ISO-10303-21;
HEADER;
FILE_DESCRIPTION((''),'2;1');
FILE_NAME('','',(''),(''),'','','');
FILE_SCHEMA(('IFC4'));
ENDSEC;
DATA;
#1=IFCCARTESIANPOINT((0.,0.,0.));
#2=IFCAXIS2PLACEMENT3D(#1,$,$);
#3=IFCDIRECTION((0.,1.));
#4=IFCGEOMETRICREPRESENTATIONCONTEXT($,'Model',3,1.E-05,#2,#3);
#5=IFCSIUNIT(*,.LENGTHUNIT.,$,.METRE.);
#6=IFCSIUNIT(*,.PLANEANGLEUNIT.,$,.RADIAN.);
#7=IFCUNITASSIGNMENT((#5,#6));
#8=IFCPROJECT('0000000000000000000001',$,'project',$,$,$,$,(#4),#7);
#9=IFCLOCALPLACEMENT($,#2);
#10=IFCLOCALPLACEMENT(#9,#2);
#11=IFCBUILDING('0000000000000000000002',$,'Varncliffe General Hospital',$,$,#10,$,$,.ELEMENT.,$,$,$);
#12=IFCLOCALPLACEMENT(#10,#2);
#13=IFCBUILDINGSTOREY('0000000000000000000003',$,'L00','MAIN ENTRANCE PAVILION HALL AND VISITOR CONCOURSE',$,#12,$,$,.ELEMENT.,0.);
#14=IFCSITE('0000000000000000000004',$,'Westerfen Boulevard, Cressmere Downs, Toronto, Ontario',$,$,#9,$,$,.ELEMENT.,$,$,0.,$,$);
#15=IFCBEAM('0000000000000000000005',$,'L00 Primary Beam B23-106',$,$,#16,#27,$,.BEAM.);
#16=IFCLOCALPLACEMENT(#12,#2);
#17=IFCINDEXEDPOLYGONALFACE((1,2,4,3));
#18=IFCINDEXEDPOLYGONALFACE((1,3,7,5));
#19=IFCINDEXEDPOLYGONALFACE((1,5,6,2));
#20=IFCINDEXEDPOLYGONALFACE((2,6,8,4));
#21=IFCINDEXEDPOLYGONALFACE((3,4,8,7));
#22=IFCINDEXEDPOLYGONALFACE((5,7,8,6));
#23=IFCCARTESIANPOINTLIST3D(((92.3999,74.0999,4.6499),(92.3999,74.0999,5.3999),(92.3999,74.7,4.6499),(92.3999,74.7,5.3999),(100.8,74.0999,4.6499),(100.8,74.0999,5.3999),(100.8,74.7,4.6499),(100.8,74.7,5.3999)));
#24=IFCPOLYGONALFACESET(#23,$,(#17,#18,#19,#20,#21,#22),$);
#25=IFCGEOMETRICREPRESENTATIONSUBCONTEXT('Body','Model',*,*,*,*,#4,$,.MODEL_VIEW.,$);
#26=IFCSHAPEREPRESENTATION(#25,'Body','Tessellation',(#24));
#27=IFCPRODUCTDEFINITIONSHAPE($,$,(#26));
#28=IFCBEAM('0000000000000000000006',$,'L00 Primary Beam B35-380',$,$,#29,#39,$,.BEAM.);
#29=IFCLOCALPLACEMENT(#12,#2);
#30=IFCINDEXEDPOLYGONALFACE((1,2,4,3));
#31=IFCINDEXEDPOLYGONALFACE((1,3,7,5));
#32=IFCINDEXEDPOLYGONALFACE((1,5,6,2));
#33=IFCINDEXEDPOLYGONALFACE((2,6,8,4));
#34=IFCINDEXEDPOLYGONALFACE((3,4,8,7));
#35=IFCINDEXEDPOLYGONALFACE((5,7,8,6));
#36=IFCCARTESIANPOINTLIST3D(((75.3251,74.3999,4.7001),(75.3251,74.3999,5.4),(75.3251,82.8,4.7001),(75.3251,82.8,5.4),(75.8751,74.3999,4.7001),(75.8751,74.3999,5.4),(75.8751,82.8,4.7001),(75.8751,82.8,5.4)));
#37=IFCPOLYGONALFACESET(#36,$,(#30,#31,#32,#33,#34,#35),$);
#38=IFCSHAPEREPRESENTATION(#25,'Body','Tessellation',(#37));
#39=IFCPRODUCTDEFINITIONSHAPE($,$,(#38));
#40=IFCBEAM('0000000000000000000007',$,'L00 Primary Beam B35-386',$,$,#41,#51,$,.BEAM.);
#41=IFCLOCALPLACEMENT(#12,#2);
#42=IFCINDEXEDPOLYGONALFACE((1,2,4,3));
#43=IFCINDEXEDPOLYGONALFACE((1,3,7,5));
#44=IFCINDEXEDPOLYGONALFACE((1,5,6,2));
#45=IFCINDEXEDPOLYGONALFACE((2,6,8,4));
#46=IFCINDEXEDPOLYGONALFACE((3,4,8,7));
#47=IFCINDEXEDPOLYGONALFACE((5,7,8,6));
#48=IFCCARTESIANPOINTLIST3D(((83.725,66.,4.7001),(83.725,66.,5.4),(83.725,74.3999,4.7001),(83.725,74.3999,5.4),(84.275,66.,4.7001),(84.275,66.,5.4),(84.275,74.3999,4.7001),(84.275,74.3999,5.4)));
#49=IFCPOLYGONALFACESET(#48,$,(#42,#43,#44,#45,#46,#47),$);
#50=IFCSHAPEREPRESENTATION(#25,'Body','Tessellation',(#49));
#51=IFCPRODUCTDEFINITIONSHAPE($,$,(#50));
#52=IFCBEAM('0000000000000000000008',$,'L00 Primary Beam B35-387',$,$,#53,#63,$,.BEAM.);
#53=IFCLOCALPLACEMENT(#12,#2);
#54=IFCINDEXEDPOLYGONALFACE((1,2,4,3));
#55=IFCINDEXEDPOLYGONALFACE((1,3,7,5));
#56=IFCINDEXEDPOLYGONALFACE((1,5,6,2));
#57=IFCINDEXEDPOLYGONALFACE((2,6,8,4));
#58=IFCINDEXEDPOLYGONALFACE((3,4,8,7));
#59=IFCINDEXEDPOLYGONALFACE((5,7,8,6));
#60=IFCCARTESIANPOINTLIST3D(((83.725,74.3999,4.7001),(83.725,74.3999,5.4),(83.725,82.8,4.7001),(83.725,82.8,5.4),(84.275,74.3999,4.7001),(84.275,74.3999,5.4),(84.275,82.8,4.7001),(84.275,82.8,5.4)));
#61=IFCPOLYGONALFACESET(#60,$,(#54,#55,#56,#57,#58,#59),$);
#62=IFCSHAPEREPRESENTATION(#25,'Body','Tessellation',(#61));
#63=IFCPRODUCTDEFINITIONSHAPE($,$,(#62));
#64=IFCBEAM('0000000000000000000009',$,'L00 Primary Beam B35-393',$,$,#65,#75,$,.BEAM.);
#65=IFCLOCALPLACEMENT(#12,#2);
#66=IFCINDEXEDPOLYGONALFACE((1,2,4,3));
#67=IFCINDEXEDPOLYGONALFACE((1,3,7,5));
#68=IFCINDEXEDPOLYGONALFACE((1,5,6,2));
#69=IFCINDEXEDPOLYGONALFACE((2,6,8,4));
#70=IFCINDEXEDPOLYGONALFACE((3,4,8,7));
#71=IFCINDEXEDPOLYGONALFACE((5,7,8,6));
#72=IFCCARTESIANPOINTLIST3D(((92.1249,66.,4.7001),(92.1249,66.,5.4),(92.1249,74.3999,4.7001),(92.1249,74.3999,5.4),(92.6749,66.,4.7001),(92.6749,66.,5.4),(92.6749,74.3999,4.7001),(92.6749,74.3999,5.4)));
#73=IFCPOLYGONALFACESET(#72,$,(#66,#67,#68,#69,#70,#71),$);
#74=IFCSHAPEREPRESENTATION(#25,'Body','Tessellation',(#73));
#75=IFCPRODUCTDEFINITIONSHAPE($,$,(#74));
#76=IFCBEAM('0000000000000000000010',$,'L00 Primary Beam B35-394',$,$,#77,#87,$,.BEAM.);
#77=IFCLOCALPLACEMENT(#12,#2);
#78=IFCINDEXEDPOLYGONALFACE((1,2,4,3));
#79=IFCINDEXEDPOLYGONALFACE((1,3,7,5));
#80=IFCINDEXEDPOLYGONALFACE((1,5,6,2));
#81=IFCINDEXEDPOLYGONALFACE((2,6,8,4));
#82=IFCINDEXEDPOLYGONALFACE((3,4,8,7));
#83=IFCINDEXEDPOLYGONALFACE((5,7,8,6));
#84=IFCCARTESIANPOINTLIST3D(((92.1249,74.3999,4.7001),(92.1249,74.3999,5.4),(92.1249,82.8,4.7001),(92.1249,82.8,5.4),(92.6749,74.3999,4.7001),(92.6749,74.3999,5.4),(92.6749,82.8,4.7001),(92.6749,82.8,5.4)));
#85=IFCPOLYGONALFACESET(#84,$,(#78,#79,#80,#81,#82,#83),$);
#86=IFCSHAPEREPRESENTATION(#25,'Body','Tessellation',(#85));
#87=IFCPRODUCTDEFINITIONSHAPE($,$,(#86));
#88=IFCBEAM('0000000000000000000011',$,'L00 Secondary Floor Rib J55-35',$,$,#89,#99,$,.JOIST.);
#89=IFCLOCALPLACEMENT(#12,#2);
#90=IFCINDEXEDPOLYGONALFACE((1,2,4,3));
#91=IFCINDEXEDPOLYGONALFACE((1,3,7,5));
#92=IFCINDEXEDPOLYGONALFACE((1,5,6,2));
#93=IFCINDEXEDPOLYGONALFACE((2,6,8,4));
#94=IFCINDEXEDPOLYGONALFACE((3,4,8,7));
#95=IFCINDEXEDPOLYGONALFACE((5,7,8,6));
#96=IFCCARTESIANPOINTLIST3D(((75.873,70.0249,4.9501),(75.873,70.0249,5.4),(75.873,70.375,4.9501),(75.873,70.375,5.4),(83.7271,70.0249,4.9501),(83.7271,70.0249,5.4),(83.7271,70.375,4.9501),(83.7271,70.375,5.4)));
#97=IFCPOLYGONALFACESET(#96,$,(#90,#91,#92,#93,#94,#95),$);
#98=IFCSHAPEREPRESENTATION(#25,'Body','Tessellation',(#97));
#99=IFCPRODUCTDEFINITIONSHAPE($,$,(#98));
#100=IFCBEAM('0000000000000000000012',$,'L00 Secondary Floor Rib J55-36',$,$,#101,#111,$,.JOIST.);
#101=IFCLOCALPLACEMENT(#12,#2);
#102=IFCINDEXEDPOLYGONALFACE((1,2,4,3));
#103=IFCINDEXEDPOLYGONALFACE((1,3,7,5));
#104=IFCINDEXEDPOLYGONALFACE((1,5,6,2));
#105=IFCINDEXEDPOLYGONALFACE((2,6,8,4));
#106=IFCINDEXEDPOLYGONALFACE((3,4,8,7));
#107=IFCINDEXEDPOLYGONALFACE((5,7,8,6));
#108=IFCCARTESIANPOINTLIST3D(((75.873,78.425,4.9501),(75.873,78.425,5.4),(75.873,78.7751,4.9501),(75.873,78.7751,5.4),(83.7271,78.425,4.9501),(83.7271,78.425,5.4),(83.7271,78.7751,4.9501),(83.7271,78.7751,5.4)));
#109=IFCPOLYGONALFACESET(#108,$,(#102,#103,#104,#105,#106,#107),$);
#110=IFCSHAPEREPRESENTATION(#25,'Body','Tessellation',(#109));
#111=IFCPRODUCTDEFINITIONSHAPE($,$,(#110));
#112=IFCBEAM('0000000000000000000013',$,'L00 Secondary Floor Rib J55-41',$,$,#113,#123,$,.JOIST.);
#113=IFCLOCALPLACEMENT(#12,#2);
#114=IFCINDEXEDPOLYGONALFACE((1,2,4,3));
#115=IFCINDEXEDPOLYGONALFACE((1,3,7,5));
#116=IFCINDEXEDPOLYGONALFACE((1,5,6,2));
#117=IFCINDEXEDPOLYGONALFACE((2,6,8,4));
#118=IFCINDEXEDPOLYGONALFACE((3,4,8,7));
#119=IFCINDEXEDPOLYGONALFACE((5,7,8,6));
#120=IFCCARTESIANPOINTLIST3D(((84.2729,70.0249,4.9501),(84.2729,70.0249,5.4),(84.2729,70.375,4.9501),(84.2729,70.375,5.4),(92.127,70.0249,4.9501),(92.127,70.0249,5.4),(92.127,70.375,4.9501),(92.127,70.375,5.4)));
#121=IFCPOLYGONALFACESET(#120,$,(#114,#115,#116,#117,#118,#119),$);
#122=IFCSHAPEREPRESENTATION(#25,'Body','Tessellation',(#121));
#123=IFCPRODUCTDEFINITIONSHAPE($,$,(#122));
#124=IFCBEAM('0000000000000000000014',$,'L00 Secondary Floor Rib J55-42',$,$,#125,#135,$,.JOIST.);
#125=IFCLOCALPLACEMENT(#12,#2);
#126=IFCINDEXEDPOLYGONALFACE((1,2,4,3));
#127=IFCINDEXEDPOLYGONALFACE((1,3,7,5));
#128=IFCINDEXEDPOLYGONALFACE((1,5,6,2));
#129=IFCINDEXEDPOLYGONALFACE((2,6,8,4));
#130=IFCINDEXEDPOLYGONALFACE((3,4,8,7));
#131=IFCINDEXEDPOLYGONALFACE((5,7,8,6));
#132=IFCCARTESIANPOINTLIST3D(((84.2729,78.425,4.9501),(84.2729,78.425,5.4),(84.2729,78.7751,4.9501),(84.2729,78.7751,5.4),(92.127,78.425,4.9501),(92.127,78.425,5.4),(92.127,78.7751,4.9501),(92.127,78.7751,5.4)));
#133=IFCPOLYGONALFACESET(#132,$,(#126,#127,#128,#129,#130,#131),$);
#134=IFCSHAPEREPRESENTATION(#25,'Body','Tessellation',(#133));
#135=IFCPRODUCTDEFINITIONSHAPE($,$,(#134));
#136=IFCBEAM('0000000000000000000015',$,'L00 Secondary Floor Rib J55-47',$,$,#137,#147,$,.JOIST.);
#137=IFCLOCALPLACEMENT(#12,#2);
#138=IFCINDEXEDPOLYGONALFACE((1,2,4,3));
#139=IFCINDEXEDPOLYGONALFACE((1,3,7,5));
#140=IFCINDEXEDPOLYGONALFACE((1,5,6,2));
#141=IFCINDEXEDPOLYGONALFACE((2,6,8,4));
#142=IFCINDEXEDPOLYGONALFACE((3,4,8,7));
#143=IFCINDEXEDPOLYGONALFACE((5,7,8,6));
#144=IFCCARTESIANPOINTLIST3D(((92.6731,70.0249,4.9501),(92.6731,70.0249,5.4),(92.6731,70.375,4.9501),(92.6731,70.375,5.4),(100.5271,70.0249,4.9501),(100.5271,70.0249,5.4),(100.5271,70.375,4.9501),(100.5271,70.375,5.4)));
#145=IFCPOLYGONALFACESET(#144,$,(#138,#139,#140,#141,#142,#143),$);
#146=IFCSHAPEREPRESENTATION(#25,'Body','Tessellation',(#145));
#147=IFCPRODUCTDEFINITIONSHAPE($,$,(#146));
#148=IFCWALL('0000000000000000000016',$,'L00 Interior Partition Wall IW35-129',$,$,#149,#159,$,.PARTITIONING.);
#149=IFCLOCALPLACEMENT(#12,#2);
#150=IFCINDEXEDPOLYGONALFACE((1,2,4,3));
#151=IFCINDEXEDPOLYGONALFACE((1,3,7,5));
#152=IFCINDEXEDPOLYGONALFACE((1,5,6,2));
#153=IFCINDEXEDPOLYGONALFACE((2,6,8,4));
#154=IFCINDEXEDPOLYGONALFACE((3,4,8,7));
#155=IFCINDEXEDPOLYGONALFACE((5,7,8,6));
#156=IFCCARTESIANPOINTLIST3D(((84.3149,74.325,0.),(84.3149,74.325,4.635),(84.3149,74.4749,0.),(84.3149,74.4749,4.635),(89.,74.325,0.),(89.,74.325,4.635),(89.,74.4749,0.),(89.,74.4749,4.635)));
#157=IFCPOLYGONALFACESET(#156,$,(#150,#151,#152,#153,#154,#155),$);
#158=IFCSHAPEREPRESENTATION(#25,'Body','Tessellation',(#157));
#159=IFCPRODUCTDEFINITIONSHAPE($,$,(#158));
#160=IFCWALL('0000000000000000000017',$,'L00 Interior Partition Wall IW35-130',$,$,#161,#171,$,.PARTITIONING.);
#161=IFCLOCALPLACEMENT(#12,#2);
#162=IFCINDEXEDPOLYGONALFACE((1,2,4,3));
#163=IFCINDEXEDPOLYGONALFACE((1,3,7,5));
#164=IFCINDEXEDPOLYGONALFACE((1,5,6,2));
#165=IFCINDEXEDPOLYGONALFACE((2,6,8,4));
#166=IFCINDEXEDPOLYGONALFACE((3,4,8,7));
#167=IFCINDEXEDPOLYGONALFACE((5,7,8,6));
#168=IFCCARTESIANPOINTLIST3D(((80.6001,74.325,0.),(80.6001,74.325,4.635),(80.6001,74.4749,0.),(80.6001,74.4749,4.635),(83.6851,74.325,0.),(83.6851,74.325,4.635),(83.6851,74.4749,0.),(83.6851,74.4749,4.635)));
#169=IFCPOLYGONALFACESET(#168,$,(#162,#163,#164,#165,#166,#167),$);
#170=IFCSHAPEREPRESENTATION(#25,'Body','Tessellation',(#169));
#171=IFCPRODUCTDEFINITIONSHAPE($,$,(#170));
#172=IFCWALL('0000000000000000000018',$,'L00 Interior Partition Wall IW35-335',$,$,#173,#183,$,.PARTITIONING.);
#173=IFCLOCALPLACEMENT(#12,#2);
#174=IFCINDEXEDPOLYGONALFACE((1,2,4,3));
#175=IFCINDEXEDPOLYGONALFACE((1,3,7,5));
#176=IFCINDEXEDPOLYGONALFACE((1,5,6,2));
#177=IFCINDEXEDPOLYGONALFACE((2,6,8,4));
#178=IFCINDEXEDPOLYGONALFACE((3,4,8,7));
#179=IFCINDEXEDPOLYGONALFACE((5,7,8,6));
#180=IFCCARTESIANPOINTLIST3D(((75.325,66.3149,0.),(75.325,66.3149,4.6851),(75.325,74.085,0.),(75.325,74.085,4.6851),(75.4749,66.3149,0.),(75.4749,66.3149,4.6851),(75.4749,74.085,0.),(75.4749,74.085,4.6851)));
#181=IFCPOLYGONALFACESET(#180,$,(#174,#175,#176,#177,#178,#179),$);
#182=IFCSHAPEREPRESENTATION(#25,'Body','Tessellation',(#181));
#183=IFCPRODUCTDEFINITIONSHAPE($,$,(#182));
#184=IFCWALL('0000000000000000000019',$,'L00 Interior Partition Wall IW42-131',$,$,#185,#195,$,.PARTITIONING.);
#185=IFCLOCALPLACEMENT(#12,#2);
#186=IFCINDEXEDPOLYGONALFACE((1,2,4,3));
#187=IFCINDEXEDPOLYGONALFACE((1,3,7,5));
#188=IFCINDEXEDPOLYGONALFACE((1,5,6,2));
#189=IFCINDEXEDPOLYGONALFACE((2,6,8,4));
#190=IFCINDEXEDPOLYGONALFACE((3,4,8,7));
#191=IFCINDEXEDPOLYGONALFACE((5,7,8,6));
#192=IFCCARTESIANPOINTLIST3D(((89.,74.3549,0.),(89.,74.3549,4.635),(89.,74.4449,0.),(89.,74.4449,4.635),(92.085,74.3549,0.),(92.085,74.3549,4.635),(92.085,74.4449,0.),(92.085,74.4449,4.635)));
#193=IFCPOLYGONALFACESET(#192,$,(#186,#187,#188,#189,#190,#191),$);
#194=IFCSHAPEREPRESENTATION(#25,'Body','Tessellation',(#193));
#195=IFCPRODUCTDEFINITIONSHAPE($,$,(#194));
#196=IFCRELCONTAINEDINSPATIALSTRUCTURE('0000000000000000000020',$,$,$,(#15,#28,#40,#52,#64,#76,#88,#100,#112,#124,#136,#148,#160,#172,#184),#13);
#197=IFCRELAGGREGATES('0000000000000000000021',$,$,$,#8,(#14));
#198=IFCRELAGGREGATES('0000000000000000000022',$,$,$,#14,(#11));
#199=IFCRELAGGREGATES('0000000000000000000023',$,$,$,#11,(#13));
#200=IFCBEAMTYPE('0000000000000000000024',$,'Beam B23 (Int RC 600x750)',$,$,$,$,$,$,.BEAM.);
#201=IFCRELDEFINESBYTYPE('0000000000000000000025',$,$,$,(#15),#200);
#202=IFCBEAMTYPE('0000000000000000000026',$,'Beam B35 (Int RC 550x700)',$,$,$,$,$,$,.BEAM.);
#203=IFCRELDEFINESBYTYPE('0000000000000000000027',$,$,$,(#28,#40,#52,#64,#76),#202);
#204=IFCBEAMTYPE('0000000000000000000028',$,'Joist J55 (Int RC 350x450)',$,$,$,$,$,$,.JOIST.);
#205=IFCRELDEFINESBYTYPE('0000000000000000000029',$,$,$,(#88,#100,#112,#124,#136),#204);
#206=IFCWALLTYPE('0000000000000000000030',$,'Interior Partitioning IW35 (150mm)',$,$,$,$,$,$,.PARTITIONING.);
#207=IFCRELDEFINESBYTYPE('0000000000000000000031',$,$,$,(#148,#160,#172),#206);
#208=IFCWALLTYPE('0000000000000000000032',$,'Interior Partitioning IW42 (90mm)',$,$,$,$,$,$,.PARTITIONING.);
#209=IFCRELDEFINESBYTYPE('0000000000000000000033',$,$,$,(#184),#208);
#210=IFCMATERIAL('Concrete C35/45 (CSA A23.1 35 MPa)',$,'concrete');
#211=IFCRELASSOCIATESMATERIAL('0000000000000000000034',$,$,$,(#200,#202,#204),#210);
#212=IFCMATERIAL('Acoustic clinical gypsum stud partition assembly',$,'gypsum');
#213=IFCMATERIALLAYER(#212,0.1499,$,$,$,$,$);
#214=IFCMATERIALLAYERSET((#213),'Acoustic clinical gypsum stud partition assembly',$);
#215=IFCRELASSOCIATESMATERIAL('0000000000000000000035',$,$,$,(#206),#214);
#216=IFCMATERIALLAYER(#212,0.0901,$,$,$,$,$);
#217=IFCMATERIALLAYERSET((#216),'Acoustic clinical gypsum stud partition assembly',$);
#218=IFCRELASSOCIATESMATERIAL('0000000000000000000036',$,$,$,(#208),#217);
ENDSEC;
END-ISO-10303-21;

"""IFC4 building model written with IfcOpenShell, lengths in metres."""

from ifc_helpers import new_model, si_unit, direction, frame, frame_2d, origin, origin_2d, place, context, subcontext, project, spatial, rectangle, extrude, material, layer, layer_set, material_profile, profile_set, type_object, element, save


model = new_model("IFC4")

# Units and contexts
model_context = context("Model", 3, precision=1e-05, world=origin(), true_north=direction((0.0, 1.0)))
body_context = subcontext(model_context, "Body", "Model", "MODEL_VIEW")
ifc_project = project(units=[si_unit("LENGTHUNIT", "METRE"), si_unit("PLANEANGLEUNIT", "RADIAN")], contexts=[model_context])

# Site, building, storey
site_placement = place(None, origin())
site = spatial("IfcSite", under=ifc_project, at=site_placement, Name="Westerfen Boulevard, Cressmere Downs, Toronto, Ontario", CompositionType="ELEMENT", RefElevation=0.0)
building_placement = place(site_placement, origin())
building = spatial("IfcBuilding", under=site, at=building_placement, Name="Varncliffe General Hospital", CompositionType="ELEMENT")
storey_placement = place(building_placement, origin())
storey = spatial("IfcBuildingStorey", under=building, at=storey_placement, Name="L00", Description="MAIN ENTRANCE PAVILION HALL AND VISITOR CONCOURSE", CompositionType="ELEMENT", Elevation=0.0)

# Beams
ifc_material_1 = material(Name="Concrete C35/45 (CSA A23.1 35 MPa)", Category="concrete")
ifc_material_profile_1 = material_profile(ifc_material_1, rectangle(XDim=0.6001, YDim=0.75, at=origin_2d()), Name="RC 600x750")
ifc_profile_set_1 = profile_set([ifc_material_profile_1], Name="Concrete C35/45 (CSA A23.1 35 MPa)")
beam_type_1 = type_object("IfcBeamType", Name="Beam B23 (Int RC 600x750)", PredefinedType="BEAM", material=ifc_profile_set_1)
beam_1_placement = place(storey_placement, frame((92.3999, 74.3999, 5.0249), z_axis=(1.0, 0.0, 0.0), x_axis=(0.0, 1.0, 0.0)))
element("IfcBeam", 1, at=beam_1_placement, inside=storey, type_object=beam_type_1, Name="L00 Primary Beam B23-106", PredefinedType="BEAM", context=body_context, shape_type="SweptSolid", body=[
    extrude(rectangle(XDim=0.6001, YDim=0.75, at=origin_2d()), origin(), (0.0, 0.0, 1.0), 8.4001),
])
ifc_material_profile_2 = material_profile(ifc_material_1, rectangle(XDim=0.55, YDim=0.7, at=origin_2d()), Name="RC 550x700")
ifc_profile_set_2 = profile_set([ifc_material_profile_2], Name="Concrete C35/45 (CSA A23.1 35 MPa)")
beam_type_2 = type_object("IfcBeamType", Name="Beam B35 (Int RC 550x700)", PredefinedType="BEAM", material=ifc_profile_set_2)
beam_2_placement = place(storey_placement, frame((75.6001, 74.3999, 5.05), z_axis=(0.0, 1.0, 0.0), x_axis=(-1.0, 0.0, 0.0)))
element("IfcBeam", 2, at=beam_2_placement, inside=storey, type_object=beam_type_2, Name="L00 Primary Beam B35-380", PredefinedType="BEAM", context=body_context, shape_type="SweptSolid", body=[
    extrude(rectangle(XDim=0.55, YDim=0.7, at=origin_2d()), origin(), (0.0, 0.0, 1.0), 8.4001),
])
beam_3_placement = place(storey_placement, frame((84.0, 66.0, 5.05), z_axis=(0.0, 1.0, 0.0), x_axis=(-1.0, 0.0, 0.0)))
element("IfcBeam", 3, at=beam_3_placement, inside=storey, type_object=beam_type_2, Name="L00 Primary Beam B35-386", PredefinedType="BEAM", context=body_context, shape_type="SweptSolid", body=[
    extrude(rectangle(XDim=0.55, YDim=0.7, at=origin_2d()), origin(), (0.0, 0.0, 1.0), 8.3999),
])
beam_4_placement = place(storey_placement, frame((84.0, 74.3999, 5.05), z_axis=(0.0, 1.0, 0.0), x_axis=(-1.0, 0.0, 0.0)))
element("IfcBeam", 4, at=beam_4_placement, inside=storey, type_object=beam_type_2, Name="L00 Primary Beam B35-387", PredefinedType="BEAM", context=body_context, shape_type="SweptSolid", body=[
    extrude(rectangle(XDim=0.55, YDim=0.7, at=origin_2d()), origin(), (0.0, 0.0, 1.0), 8.4001),
])
beam_5_placement = place(storey_placement, frame((92.3999, 66.0, 5.05), z_axis=(0.0, 1.0, 0.0), x_axis=(-1.0, 0.0, 0.0)))
element("IfcBeam", 5, at=beam_5_placement, inside=storey, type_object=beam_type_2, Name="L00 Primary Beam B35-393", PredefinedType="BEAM", context=body_context, shape_type="SweptSolid", body=[
    extrude(rectangle(XDim=0.55, YDim=0.7, at=origin_2d()), origin(), (0.0, 0.0, 1.0), 8.3999),
])
beam_6_placement = place(storey_placement, frame((92.3999, 74.3999, 5.05), z_axis=(0.0, 1.0, 0.0), x_axis=(-1.0, 0.0, 0.0)))
element("IfcBeam", 6, at=beam_6_placement, inside=storey, type_object=beam_type_2, Name="L00 Primary Beam B35-394", PredefinedType="BEAM", context=body_context, shape_type="SweptSolid", body=[
    extrude(rectangle(XDim=0.55, YDim=0.7, at=origin_2d()), origin(), (0.0, 0.0, 1.0), 8.4001),
])
ifc_material_profile_3 = material_profile(ifc_material_1, rectangle(XDim=0.3501, YDim=0.45, at=origin_2d()), Name="RC 350x450")
ifc_profile_set_3 = profile_set([ifc_material_profile_3], Name="Concrete C35/45 (CSA A23.1 35 MPa)")
beam_type_3 = type_object("IfcBeamType", Name="Joist J55 (Int RC 350x450)", PredefinedType="JOIST", material=ifc_profile_set_3)
for number, where, z_axis, x_axis, name in (
    (7, (75.873, 70.2, 5.175), (1.0, 0.0, 0.0), (0.0, 1.0, 0.0), "L00 Secondary Floor Rib J55-35"),
    (8, (75.873, 78.6001, 5.175), (1.0, 0.0, 0.0), (0.0, 1.0, 0.0), "L00 Secondary Floor Rib J55-36"),
    (9, (84.2729, 70.2, 5.175), (1.0, 0.0, 0.0), (0.0, 1.0, 0.0), "L00 Secondary Floor Rib J55-41"),
    (10, (84.2729, 78.6001, 5.175), (1.0, 0.0, 0.0), (0.0, 1.0, 0.0), "L00 Secondary Floor Rib J55-42"),
    (11, (92.6731, 70.2, 5.175), (1.0, 0.0, 0.0), (0.0, 1.0, 0.0), "L00 Secondary Floor Rib J55-47"),
):
    element("IfcBeam", number, at=place(storey_placement, frame(where, z_axis=z_axis, x_axis=x_axis)), inside=storey, type_object=beam_type_3, Name=name, PredefinedType="JOIST", context=body_context, shape_type="SweptSolid", body=[
        extrude(rectangle(XDim=0.3501, YDim=0.45, at=origin_2d()), origin(), (0.0, 0.0, 1.0), 7.854),
    ])

# Walls
ifc_material_2 = material(Name="Acoustic clinical gypsum stud partition assembly", Category="gypsum")
ifc_layer_1 = layer(ifc_material_2, 0.1499)
ifc_layer_set_1 = layer_set([ifc_layer_1], Name="Acoustic clinical gypsum stud partition assembly")
wall_type_1 = type_object("IfcWallType", Name="Interior Partitioning IW35 (150mm)", PredefinedType="PARTITIONING", material=ifc_layer_set_1)
wall_1_placement = place(storey_placement, frame((84.3149, 74.3999, 0.0), z_axis=(0.0, 0.0, 1.0), x_axis=(1.0, 0.0, 0.0)))
element("IfcWall", 12, at=wall_1_placement, inside=storey, type_object=wall_type_1, Name="L00 Interior Partition Wall IW35-129", PredefinedType="PARTITIONING", context=body_context, shape_type="SweptSolid", body=[
    extrude(rectangle(XDim=4.6851, YDim=0.1499, at=frame_2d((2.3425, 0.0))), origin(), (0.0, 0.0, 1.0), 4.635),
])
wall_2_placement = place(storey_placement, frame((80.6001, 74.3999, 0.0), z_axis=(0.0, 0.0, 1.0), x_axis=(1.0, 0.0, 0.0)))
element("IfcWall", 13, at=wall_2_placement, inside=storey, type_object=wall_type_1, Name="L00 Interior Partition Wall IW35-130", PredefinedType="PARTITIONING", context=body_context, shape_type="SweptSolid", body=[
    extrude(rectangle(XDim=3.085, YDim=0.1499, at=frame_2d((1.5425, 0.0))), origin(), (0.0, 0.0, 1.0), 4.635),
])
wall_3_placement = place(storey_placement, frame((75.3999, 66.3149, 0.0), z_axis=(0.0, 0.0, 1.0), x_axis=(0.0, 1.0, 0.0)))
element("IfcWall", 14, at=wall_3_placement, inside=storey, type_object=wall_type_1, Name="L00 Interior Partition Wall IW35-335", PredefinedType="PARTITIONING", context=body_context, shape_type="SweptSolid", body=[
    extrude(rectangle(XDim=7.77, YDim=0.1499, at=frame_2d((3.885, 0.0))), origin(), (0.0, 0.0, 1.0), 4.6851),
])
ifc_layer_2 = layer(ifc_material_2, 0.0901)
ifc_layer_set_2 = layer_set([ifc_layer_2], Name="Acoustic clinical gypsum stud partition assembly")
wall_type_2 = type_object("IfcWallType", Name="Interior Partitioning IW42 (90mm)", PredefinedType="PARTITIONING", material=ifc_layer_set_2)
wall_4_placement = place(storey_placement, frame((89.0, 74.3999, 0.0), z_axis=(0.0, 0.0, 1.0), x_axis=(1.0, 0.0, 0.0)))
element("IfcWall", 15, at=wall_4_placement, inside=storey, type_object=wall_type_2, Name="L00 Interior Partition Wall IW42-131", PredefinedType="PARTITIONING", context=body_context, shape_type="SweptSolid", body=[
    extrude(rectangle(XDim=3.085, YDim=0.0901, at=frame_2d((1.5425, 0.0))), origin(), (0.0, 0.0, 1.0), 4.635),
])

save(model, "model.ifc")
